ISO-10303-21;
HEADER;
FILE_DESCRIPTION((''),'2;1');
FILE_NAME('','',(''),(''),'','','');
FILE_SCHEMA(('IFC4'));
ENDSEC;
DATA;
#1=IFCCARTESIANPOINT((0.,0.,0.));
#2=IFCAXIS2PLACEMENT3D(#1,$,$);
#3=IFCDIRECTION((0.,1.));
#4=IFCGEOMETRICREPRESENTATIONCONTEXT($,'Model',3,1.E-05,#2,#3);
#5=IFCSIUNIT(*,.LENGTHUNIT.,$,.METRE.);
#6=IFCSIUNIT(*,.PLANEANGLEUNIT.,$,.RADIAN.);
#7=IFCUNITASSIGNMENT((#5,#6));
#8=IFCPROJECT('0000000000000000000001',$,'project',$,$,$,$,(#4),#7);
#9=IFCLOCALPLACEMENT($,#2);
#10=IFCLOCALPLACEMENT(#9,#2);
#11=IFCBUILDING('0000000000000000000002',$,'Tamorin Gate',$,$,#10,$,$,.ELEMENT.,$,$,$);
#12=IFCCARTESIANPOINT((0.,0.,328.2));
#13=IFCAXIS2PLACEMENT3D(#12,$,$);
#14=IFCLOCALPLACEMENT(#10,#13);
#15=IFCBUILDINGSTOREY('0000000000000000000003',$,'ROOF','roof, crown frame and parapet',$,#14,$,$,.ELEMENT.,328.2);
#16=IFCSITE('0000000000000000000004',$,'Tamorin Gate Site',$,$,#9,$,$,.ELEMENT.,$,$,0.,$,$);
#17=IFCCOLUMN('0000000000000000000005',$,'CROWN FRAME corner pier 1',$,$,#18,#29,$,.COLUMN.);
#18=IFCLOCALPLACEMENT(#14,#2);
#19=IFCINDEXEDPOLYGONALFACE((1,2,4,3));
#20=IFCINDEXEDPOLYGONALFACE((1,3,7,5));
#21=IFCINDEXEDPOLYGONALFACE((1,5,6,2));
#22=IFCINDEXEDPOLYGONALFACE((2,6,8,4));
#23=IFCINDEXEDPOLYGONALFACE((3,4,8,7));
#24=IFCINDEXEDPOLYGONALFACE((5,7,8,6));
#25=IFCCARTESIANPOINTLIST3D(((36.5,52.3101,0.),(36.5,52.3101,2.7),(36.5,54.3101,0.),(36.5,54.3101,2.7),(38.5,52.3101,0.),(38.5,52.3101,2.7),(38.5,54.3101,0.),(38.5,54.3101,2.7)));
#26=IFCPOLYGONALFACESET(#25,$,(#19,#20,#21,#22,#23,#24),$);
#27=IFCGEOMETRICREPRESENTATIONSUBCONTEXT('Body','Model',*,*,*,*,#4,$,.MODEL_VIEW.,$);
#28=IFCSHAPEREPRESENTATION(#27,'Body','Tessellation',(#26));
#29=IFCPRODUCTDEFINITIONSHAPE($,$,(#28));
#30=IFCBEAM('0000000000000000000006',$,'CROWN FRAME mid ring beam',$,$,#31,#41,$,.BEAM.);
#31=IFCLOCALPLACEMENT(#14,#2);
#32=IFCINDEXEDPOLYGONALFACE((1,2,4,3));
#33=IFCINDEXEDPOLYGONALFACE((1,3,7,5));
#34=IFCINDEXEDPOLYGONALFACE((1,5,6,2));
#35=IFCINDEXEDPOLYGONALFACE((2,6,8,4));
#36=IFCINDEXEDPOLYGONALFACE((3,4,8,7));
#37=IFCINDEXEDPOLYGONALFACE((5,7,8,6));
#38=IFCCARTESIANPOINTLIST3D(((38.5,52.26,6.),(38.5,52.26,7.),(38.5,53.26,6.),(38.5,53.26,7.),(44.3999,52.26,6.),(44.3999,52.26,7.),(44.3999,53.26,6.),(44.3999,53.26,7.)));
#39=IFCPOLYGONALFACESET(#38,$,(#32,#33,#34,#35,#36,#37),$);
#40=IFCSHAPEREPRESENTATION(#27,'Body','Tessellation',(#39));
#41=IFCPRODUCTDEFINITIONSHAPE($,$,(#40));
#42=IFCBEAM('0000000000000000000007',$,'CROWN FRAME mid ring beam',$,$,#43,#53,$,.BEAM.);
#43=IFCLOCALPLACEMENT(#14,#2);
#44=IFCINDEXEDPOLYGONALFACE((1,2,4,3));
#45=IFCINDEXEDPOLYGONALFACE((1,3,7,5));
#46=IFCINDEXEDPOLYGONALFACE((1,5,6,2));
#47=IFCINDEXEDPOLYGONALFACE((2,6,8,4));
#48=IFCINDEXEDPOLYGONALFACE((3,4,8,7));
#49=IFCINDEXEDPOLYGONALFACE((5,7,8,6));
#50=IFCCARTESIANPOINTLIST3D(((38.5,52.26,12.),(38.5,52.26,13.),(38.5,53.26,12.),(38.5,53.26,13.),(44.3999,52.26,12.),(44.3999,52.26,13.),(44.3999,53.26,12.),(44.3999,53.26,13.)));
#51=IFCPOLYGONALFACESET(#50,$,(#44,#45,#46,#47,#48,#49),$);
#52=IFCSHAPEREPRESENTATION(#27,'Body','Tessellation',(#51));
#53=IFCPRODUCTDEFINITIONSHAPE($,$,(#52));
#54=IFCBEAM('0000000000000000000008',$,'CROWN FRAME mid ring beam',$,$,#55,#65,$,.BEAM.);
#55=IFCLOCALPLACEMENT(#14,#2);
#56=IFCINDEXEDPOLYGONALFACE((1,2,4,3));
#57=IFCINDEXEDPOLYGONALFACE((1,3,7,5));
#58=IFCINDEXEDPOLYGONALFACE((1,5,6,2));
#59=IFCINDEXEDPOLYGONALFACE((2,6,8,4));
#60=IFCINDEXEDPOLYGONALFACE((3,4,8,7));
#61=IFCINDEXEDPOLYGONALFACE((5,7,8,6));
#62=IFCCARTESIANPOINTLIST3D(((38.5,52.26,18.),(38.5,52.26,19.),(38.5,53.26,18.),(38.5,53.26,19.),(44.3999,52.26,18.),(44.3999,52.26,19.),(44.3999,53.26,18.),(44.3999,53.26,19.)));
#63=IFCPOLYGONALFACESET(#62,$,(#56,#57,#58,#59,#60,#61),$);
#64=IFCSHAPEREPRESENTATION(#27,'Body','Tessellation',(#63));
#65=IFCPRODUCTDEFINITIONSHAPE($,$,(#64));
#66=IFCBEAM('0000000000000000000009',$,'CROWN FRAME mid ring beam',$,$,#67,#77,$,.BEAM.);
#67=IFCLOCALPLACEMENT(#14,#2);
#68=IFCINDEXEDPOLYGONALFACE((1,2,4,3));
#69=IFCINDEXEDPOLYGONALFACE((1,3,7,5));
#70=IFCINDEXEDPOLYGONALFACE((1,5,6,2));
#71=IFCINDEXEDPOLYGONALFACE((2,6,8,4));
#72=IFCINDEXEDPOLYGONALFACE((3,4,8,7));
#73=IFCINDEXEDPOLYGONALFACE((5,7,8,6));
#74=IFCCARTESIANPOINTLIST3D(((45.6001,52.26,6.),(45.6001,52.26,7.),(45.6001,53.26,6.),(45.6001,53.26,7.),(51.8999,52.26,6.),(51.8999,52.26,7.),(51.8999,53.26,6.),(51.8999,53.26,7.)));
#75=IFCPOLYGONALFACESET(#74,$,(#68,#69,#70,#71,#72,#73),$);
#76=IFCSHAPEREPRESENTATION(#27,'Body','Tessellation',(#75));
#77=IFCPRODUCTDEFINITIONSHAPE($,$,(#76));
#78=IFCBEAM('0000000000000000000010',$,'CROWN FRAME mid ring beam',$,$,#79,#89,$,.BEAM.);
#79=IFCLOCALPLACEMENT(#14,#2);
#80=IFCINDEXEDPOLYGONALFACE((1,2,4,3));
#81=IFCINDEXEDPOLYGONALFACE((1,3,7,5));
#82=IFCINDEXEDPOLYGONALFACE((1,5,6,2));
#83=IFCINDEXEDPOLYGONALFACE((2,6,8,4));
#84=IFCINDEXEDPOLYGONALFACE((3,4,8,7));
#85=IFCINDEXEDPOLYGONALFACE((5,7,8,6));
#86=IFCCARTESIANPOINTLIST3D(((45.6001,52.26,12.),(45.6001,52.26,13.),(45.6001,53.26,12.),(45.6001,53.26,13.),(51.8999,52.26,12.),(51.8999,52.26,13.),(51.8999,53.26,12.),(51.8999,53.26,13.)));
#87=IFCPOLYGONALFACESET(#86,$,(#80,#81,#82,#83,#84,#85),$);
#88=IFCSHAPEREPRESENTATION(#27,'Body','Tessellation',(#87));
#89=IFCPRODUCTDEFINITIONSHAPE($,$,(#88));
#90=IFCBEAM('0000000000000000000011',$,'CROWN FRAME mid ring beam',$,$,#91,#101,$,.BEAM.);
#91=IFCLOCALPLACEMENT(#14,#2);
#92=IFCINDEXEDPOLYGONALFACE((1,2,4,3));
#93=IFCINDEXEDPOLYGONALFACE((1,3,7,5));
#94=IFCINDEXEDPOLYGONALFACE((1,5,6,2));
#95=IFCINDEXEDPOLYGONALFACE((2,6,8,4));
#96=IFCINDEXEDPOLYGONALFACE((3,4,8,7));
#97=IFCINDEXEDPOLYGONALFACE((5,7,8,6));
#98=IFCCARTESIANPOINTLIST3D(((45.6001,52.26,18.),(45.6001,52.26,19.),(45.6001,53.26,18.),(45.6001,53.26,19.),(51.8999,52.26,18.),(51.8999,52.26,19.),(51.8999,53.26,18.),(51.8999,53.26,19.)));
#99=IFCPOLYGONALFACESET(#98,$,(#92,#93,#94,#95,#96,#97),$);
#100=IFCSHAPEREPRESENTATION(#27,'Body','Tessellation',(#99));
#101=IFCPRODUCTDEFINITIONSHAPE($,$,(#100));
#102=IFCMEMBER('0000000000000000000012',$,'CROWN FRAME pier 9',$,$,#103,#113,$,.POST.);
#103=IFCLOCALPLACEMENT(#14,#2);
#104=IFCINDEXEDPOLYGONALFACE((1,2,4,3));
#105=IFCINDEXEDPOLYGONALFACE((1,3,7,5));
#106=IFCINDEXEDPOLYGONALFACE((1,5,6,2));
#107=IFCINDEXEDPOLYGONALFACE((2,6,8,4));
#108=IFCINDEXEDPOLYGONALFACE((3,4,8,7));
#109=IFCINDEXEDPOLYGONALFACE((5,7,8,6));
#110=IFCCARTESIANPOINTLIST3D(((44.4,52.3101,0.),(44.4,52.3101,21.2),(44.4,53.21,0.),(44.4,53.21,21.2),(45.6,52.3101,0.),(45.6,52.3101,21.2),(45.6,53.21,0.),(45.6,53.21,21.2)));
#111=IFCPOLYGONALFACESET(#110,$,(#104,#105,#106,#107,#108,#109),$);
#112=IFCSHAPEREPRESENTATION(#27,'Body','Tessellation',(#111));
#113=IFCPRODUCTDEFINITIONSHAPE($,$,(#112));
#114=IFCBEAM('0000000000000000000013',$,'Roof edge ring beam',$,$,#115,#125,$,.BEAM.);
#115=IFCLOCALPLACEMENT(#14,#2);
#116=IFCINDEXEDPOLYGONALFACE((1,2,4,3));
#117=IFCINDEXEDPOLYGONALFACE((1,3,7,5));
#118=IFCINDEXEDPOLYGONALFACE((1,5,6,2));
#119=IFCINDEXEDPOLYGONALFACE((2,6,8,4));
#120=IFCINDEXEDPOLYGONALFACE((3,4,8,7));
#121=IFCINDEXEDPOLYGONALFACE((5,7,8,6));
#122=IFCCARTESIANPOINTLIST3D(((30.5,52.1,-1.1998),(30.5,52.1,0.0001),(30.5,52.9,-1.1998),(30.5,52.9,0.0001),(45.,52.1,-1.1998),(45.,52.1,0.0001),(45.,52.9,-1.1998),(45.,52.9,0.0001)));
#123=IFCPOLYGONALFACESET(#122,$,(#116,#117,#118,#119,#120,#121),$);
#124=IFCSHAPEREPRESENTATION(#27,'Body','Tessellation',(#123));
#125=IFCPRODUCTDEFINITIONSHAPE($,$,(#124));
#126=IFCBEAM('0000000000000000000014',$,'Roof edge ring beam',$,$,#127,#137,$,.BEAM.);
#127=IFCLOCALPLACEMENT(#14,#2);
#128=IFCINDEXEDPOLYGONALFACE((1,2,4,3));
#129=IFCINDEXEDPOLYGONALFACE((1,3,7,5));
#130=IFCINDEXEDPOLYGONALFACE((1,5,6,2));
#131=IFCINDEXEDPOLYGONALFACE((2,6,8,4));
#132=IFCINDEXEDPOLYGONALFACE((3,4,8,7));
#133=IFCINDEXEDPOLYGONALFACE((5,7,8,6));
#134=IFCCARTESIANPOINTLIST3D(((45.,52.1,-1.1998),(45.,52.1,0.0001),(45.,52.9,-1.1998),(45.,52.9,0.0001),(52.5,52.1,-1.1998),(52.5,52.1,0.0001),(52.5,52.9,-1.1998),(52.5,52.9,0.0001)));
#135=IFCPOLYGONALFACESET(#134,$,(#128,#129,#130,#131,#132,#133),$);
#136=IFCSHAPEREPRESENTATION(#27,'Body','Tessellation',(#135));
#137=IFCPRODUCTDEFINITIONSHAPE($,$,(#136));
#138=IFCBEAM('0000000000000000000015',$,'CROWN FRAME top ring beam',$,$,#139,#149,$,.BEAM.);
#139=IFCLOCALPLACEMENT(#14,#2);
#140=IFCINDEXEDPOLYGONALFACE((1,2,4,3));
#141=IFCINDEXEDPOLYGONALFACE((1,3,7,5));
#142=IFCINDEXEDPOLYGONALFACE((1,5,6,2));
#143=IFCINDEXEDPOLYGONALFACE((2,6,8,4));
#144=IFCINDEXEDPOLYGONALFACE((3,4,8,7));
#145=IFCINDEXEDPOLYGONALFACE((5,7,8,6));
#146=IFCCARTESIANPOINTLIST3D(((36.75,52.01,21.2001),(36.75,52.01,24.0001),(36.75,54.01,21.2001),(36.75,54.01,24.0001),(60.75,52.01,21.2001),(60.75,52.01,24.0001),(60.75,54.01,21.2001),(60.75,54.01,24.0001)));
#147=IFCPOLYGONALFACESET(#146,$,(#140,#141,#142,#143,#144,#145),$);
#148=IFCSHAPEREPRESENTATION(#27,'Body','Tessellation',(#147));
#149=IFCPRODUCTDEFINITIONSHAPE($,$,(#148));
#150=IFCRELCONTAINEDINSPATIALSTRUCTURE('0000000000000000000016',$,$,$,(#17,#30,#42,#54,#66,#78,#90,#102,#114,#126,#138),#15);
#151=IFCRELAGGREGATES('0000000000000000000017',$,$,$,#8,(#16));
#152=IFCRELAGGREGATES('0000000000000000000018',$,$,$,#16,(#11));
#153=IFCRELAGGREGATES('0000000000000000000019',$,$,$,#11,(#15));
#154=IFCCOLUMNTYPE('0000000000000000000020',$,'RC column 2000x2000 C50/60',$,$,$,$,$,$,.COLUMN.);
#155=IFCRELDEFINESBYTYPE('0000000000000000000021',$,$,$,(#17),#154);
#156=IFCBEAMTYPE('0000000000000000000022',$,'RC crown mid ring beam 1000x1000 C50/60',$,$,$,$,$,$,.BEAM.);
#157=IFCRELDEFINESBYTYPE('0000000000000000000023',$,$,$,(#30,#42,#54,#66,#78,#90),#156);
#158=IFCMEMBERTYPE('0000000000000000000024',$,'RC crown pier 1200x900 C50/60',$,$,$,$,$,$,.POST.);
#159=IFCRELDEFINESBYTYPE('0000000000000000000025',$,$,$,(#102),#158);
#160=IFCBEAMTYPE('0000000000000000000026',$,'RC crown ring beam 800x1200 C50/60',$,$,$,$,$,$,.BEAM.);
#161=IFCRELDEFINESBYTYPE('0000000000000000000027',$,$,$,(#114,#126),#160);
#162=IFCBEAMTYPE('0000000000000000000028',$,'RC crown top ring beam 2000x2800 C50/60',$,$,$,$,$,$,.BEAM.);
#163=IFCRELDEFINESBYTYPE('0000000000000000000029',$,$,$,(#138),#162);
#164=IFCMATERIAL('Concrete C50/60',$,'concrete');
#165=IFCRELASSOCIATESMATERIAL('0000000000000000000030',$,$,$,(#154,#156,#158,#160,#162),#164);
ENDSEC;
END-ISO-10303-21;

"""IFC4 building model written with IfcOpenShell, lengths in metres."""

from ifc_helpers import new_model, si_unit, direction, frame, origin, origin_2d, place, context, subcontext, project, spatial, rectangle, extrude, material, material_profile, profile_set, type_object, element, save


model = new_model("IFC4")

# Units and contexts
model_context = context("Model", 3, precision=1e-05, world=origin(), true_north=direction((0.0, 1.0)))
body_context = subcontext(model_context, "Body", "Model", "MODEL_VIEW")
ifc_project = project(units=[si_unit("LENGTHUNIT", "METRE"), si_unit("PLANEANGLEUNIT", "RADIAN")], contexts=[model_context])

# Site, building, storey
site_placement = place(None, origin())
site = spatial("IfcSite", under=ifc_project, at=site_placement, Name="Tamorin Gate Site", CompositionType="ELEMENT", RefElevation=0.0)
building_placement = place(site_placement, origin())
building = spatial("IfcBuilding", under=site, at=building_placement, Name="Tamorin Gate", CompositionType="ELEMENT")
storey_placement = place(building_placement, frame((0.0, 0.0, 328.2)))
storey = spatial("IfcBuildingStorey", under=building, at=storey_placement, Name="ROOF", Description="roof, crown frame and parapet", CompositionType="ELEMENT", Elevation=328.2)

# Column
ifc_material_1 = material(Name="Concrete C50/60", Category="concrete")
ifc_material_profile_1 = material_profile(ifc_material_1, rectangle(XDim=2.0, YDim=2.0, at=origin_2d()), Name="RC 2000x2000")
ifc_profile_set_1 = profile_set([ifc_material_profile_1], Name="Concrete C50/60")
column_type = type_object("IfcColumnType", Name="RC column 2000x2000 C50/60", PredefinedType="COLUMN", material=ifc_profile_set_1)
column_placement = place(storey_placement, frame((37.5, 53.3101, 0.0), z_axis=(0.0, 0.0, 1.0), x_axis=(1.0, 0.0, 0.0)))
element("IfcColumn", 1, at=column_placement, inside=storey, type_object=column_type, Name="CROWN FRAME corner pier 1", PredefinedType="COLUMN", context=body_context, shape_type="SweptSolid", body=[
    extrude(rectangle(XDim=2.0, YDim=2.0, at=origin_2d()), origin(), (0.0, 0.0, 1.0), 2.7),
])

# Beams
ifc_material_profile_2 = material_profile(ifc_material_1, rectangle(XDim=1.0, YDim=1.0, at=origin_2d()), Name="RC 1000x1000")
ifc_profile_set_2 = profile_set([ifc_material_profile_2], Name="Concrete C50/60")
beam_type_1 = type_object("IfcBeamType", Name="RC crown mid ring beam 1000x1000 C50/60", PredefinedType="BEAM", material=ifc_profile_set_2)
for number, where, z_axis, x_axis, name in (
    (2, (38.5, 52.76, 6.5), (1.0, 0.0, 0.0), (0.0, 1.0, 0.0), "CROWN FRAME mid ring beam"),
    (3, (38.5, 52.76, 12.5), (1.0, 0.0, 0.0), (0.0, 1.0, 0.0), "CROWN FRAME mid ring beam"),
    (4, (38.5, 52.76, 18.5), (1.0, 0.0, 0.0), (0.0, 1.0, 0.0), "CROWN FRAME mid ring beam"),
):
    element("IfcBeam", number, at=place(storey_placement, frame(where, z_axis=z_axis, x_axis=x_axis)), inside=storey, type_object=beam_type_1, Name=name, PredefinedType="BEAM", context=body_context, shape_type="SweptSolid", body=[
        extrude(rectangle(XDim=1.0, YDim=1.0, at=origin_2d()), origin(), (0.0, 0.0, 1.0), 5.8999),
    ])
for number, where, z_axis, x_axis, name in (
    (5, (45.6001, 52.76, 6.5), (1.0, 0.0, 0.0), (0.0, 1.0, 0.0), "CROWN FRAME mid ring beam"),
    (6, (45.6001, 52.76, 12.5), (1.0, 0.0, 0.0), (0.0, 1.0, 0.0), "CROWN FRAME mid ring beam"),
    (7, (45.6001, 52.76, 18.5), (1.0, 0.0, 0.0), (0.0, 1.0, 0.0), "CROWN FRAME mid ring beam"),
):
    element("IfcBeam", number, at=place(storey_placement, frame(where, z_axis=z_axis, x_axis=x_axis)), inside=storey, type_object=beam_type_1, Name=name, PredefinedType="BEAM", context=body_context, shape_type="SweptSolid", body=[
        extrude(rectangle(XDim=1.0, YDim=1.0, at=origin_2d()), origin(), (0.0, 0.0, 1.0), 6.2998),
    ])

# Member
ifc_material_profile_3 = material_profile(ifc_material_1, rectangle(XDim=1.2, YDim=0.8999, at=origin_2d()), Name="RC 1200x900")
ifc_profile_set_3 = profile_set([ifc_material_profile_3], Name="Concrete C50/60")
member_type_1 = type_object("IfcMemberType", Name="RC crown pier 1200x900 C50/60", PredefinedType="POST", material=ifc_profile_set_3)
member_1_placement = place(storey_placement, frame((45.0, 52.76, 0.0), z_axis=(0.0, 0.0, 1.0), x_axis=(1.0, 0.0, 0.0)))
element("IfcMember", 8, at=member_1_placement, inside=storey, type_object=member_type_1, Name="CROWN FRAME pier 9", PredefinedType="POST", context=body_context, shape_type="SweptSolid", body=[
    extrude(rectangle(XDim=1.2, YDim=0.8999, at=origin_2d()), origin(), (0.0, 0.0, 1.0), 21.2),
])

# Beams
ifc_material_profile_4 = material_profile(ifc_material_1, rectangle(XDim=0.8, YDim=1.2, at=origin_2d()), Name="RC 800x1200")
ifc_profile_set_4 = profile_set([ifc_material_profile_4], Name="Concrete C50/60")
beam_type_2 = type_object("IfcBeamType", Name="RC crown ring beam 800x1200 C50/60", PredefinedType="BEAM", material=ifc_profile_set_4)
beam_1_placement = place(storey_placement, frame((30.5, 52.5, -0.5999), z_axis=(1.0, 0.0, 0.0), x_axis=(0.0, 1.0, 0.0)))
element("IfcBeam", 9, at=beam_1_placement, inside=storey, type_object=beam_type_2, Name="Roof edge ring beam", PredefinedType="BEAM", context=body_context, shape_type="SweptSolid", body=[
    extrude(rectangle(XDim=0.8, YDim=1.2, at=origin_2d()), origin(), (0.0, 0.0, 1.0), 14.5),
])
beam_2_placement = place(storey_placement, frame((45.0, 52.5, -0.5999), z_axis=(1.0, 0.0, 0.0), x_axis=(0.0, 1.0, 0.0)))
element("IfcBeam", 10, at=beam_2_placement, inside=storey, type_object=beam_type_2, Name="Roof edge ring beam", PredefinedType="BEAM", context=body_context, shape_type="SweptSolid", body=[
    extrude(rectangle(XDim=0.8, YDim=1.2, at=origin_2d()), origin(), (0.0, 0.0, 1.0), 7.5),
])
ifc_material_profile_5 = material_profile(ifc_material_1, rectangle(XDim=2.0, YDim=2.8, at=origin_2d()), Name="RC 2000x2800")
ifc_profile_set_5 = profile_set([ifc_material_profile_5], Name="Concrete C50/60")
beam_type_3 = type_object("IfcBeamType", Name="RC crown top ring beam 2000x2800 C50/60", PredefinedType="BEAM", material=ifc_profile_set_5)
beam_3_placement = place(storey_placement, frame((36.75, 53.01, 22.6001), z_axis=(1.0, 0.0, 0.0), x_axis=(0.0, 1.0, 0.0)))
element("IfcBeam", 11, at=beam_3_placement, inside=storey, type_object=beam_type_3, Name="CROWN FRAME top ring beam", PredefinedType="BEAM", context=body_context, shape_type="SweptSolid", body=[
    extrude(rectangle(XDim=2.0, YDim=2.8, at=origin_2d()), origin(), (0.0, 0.0, 1.0), 24.0),
])

save(model, "model.ifc")
